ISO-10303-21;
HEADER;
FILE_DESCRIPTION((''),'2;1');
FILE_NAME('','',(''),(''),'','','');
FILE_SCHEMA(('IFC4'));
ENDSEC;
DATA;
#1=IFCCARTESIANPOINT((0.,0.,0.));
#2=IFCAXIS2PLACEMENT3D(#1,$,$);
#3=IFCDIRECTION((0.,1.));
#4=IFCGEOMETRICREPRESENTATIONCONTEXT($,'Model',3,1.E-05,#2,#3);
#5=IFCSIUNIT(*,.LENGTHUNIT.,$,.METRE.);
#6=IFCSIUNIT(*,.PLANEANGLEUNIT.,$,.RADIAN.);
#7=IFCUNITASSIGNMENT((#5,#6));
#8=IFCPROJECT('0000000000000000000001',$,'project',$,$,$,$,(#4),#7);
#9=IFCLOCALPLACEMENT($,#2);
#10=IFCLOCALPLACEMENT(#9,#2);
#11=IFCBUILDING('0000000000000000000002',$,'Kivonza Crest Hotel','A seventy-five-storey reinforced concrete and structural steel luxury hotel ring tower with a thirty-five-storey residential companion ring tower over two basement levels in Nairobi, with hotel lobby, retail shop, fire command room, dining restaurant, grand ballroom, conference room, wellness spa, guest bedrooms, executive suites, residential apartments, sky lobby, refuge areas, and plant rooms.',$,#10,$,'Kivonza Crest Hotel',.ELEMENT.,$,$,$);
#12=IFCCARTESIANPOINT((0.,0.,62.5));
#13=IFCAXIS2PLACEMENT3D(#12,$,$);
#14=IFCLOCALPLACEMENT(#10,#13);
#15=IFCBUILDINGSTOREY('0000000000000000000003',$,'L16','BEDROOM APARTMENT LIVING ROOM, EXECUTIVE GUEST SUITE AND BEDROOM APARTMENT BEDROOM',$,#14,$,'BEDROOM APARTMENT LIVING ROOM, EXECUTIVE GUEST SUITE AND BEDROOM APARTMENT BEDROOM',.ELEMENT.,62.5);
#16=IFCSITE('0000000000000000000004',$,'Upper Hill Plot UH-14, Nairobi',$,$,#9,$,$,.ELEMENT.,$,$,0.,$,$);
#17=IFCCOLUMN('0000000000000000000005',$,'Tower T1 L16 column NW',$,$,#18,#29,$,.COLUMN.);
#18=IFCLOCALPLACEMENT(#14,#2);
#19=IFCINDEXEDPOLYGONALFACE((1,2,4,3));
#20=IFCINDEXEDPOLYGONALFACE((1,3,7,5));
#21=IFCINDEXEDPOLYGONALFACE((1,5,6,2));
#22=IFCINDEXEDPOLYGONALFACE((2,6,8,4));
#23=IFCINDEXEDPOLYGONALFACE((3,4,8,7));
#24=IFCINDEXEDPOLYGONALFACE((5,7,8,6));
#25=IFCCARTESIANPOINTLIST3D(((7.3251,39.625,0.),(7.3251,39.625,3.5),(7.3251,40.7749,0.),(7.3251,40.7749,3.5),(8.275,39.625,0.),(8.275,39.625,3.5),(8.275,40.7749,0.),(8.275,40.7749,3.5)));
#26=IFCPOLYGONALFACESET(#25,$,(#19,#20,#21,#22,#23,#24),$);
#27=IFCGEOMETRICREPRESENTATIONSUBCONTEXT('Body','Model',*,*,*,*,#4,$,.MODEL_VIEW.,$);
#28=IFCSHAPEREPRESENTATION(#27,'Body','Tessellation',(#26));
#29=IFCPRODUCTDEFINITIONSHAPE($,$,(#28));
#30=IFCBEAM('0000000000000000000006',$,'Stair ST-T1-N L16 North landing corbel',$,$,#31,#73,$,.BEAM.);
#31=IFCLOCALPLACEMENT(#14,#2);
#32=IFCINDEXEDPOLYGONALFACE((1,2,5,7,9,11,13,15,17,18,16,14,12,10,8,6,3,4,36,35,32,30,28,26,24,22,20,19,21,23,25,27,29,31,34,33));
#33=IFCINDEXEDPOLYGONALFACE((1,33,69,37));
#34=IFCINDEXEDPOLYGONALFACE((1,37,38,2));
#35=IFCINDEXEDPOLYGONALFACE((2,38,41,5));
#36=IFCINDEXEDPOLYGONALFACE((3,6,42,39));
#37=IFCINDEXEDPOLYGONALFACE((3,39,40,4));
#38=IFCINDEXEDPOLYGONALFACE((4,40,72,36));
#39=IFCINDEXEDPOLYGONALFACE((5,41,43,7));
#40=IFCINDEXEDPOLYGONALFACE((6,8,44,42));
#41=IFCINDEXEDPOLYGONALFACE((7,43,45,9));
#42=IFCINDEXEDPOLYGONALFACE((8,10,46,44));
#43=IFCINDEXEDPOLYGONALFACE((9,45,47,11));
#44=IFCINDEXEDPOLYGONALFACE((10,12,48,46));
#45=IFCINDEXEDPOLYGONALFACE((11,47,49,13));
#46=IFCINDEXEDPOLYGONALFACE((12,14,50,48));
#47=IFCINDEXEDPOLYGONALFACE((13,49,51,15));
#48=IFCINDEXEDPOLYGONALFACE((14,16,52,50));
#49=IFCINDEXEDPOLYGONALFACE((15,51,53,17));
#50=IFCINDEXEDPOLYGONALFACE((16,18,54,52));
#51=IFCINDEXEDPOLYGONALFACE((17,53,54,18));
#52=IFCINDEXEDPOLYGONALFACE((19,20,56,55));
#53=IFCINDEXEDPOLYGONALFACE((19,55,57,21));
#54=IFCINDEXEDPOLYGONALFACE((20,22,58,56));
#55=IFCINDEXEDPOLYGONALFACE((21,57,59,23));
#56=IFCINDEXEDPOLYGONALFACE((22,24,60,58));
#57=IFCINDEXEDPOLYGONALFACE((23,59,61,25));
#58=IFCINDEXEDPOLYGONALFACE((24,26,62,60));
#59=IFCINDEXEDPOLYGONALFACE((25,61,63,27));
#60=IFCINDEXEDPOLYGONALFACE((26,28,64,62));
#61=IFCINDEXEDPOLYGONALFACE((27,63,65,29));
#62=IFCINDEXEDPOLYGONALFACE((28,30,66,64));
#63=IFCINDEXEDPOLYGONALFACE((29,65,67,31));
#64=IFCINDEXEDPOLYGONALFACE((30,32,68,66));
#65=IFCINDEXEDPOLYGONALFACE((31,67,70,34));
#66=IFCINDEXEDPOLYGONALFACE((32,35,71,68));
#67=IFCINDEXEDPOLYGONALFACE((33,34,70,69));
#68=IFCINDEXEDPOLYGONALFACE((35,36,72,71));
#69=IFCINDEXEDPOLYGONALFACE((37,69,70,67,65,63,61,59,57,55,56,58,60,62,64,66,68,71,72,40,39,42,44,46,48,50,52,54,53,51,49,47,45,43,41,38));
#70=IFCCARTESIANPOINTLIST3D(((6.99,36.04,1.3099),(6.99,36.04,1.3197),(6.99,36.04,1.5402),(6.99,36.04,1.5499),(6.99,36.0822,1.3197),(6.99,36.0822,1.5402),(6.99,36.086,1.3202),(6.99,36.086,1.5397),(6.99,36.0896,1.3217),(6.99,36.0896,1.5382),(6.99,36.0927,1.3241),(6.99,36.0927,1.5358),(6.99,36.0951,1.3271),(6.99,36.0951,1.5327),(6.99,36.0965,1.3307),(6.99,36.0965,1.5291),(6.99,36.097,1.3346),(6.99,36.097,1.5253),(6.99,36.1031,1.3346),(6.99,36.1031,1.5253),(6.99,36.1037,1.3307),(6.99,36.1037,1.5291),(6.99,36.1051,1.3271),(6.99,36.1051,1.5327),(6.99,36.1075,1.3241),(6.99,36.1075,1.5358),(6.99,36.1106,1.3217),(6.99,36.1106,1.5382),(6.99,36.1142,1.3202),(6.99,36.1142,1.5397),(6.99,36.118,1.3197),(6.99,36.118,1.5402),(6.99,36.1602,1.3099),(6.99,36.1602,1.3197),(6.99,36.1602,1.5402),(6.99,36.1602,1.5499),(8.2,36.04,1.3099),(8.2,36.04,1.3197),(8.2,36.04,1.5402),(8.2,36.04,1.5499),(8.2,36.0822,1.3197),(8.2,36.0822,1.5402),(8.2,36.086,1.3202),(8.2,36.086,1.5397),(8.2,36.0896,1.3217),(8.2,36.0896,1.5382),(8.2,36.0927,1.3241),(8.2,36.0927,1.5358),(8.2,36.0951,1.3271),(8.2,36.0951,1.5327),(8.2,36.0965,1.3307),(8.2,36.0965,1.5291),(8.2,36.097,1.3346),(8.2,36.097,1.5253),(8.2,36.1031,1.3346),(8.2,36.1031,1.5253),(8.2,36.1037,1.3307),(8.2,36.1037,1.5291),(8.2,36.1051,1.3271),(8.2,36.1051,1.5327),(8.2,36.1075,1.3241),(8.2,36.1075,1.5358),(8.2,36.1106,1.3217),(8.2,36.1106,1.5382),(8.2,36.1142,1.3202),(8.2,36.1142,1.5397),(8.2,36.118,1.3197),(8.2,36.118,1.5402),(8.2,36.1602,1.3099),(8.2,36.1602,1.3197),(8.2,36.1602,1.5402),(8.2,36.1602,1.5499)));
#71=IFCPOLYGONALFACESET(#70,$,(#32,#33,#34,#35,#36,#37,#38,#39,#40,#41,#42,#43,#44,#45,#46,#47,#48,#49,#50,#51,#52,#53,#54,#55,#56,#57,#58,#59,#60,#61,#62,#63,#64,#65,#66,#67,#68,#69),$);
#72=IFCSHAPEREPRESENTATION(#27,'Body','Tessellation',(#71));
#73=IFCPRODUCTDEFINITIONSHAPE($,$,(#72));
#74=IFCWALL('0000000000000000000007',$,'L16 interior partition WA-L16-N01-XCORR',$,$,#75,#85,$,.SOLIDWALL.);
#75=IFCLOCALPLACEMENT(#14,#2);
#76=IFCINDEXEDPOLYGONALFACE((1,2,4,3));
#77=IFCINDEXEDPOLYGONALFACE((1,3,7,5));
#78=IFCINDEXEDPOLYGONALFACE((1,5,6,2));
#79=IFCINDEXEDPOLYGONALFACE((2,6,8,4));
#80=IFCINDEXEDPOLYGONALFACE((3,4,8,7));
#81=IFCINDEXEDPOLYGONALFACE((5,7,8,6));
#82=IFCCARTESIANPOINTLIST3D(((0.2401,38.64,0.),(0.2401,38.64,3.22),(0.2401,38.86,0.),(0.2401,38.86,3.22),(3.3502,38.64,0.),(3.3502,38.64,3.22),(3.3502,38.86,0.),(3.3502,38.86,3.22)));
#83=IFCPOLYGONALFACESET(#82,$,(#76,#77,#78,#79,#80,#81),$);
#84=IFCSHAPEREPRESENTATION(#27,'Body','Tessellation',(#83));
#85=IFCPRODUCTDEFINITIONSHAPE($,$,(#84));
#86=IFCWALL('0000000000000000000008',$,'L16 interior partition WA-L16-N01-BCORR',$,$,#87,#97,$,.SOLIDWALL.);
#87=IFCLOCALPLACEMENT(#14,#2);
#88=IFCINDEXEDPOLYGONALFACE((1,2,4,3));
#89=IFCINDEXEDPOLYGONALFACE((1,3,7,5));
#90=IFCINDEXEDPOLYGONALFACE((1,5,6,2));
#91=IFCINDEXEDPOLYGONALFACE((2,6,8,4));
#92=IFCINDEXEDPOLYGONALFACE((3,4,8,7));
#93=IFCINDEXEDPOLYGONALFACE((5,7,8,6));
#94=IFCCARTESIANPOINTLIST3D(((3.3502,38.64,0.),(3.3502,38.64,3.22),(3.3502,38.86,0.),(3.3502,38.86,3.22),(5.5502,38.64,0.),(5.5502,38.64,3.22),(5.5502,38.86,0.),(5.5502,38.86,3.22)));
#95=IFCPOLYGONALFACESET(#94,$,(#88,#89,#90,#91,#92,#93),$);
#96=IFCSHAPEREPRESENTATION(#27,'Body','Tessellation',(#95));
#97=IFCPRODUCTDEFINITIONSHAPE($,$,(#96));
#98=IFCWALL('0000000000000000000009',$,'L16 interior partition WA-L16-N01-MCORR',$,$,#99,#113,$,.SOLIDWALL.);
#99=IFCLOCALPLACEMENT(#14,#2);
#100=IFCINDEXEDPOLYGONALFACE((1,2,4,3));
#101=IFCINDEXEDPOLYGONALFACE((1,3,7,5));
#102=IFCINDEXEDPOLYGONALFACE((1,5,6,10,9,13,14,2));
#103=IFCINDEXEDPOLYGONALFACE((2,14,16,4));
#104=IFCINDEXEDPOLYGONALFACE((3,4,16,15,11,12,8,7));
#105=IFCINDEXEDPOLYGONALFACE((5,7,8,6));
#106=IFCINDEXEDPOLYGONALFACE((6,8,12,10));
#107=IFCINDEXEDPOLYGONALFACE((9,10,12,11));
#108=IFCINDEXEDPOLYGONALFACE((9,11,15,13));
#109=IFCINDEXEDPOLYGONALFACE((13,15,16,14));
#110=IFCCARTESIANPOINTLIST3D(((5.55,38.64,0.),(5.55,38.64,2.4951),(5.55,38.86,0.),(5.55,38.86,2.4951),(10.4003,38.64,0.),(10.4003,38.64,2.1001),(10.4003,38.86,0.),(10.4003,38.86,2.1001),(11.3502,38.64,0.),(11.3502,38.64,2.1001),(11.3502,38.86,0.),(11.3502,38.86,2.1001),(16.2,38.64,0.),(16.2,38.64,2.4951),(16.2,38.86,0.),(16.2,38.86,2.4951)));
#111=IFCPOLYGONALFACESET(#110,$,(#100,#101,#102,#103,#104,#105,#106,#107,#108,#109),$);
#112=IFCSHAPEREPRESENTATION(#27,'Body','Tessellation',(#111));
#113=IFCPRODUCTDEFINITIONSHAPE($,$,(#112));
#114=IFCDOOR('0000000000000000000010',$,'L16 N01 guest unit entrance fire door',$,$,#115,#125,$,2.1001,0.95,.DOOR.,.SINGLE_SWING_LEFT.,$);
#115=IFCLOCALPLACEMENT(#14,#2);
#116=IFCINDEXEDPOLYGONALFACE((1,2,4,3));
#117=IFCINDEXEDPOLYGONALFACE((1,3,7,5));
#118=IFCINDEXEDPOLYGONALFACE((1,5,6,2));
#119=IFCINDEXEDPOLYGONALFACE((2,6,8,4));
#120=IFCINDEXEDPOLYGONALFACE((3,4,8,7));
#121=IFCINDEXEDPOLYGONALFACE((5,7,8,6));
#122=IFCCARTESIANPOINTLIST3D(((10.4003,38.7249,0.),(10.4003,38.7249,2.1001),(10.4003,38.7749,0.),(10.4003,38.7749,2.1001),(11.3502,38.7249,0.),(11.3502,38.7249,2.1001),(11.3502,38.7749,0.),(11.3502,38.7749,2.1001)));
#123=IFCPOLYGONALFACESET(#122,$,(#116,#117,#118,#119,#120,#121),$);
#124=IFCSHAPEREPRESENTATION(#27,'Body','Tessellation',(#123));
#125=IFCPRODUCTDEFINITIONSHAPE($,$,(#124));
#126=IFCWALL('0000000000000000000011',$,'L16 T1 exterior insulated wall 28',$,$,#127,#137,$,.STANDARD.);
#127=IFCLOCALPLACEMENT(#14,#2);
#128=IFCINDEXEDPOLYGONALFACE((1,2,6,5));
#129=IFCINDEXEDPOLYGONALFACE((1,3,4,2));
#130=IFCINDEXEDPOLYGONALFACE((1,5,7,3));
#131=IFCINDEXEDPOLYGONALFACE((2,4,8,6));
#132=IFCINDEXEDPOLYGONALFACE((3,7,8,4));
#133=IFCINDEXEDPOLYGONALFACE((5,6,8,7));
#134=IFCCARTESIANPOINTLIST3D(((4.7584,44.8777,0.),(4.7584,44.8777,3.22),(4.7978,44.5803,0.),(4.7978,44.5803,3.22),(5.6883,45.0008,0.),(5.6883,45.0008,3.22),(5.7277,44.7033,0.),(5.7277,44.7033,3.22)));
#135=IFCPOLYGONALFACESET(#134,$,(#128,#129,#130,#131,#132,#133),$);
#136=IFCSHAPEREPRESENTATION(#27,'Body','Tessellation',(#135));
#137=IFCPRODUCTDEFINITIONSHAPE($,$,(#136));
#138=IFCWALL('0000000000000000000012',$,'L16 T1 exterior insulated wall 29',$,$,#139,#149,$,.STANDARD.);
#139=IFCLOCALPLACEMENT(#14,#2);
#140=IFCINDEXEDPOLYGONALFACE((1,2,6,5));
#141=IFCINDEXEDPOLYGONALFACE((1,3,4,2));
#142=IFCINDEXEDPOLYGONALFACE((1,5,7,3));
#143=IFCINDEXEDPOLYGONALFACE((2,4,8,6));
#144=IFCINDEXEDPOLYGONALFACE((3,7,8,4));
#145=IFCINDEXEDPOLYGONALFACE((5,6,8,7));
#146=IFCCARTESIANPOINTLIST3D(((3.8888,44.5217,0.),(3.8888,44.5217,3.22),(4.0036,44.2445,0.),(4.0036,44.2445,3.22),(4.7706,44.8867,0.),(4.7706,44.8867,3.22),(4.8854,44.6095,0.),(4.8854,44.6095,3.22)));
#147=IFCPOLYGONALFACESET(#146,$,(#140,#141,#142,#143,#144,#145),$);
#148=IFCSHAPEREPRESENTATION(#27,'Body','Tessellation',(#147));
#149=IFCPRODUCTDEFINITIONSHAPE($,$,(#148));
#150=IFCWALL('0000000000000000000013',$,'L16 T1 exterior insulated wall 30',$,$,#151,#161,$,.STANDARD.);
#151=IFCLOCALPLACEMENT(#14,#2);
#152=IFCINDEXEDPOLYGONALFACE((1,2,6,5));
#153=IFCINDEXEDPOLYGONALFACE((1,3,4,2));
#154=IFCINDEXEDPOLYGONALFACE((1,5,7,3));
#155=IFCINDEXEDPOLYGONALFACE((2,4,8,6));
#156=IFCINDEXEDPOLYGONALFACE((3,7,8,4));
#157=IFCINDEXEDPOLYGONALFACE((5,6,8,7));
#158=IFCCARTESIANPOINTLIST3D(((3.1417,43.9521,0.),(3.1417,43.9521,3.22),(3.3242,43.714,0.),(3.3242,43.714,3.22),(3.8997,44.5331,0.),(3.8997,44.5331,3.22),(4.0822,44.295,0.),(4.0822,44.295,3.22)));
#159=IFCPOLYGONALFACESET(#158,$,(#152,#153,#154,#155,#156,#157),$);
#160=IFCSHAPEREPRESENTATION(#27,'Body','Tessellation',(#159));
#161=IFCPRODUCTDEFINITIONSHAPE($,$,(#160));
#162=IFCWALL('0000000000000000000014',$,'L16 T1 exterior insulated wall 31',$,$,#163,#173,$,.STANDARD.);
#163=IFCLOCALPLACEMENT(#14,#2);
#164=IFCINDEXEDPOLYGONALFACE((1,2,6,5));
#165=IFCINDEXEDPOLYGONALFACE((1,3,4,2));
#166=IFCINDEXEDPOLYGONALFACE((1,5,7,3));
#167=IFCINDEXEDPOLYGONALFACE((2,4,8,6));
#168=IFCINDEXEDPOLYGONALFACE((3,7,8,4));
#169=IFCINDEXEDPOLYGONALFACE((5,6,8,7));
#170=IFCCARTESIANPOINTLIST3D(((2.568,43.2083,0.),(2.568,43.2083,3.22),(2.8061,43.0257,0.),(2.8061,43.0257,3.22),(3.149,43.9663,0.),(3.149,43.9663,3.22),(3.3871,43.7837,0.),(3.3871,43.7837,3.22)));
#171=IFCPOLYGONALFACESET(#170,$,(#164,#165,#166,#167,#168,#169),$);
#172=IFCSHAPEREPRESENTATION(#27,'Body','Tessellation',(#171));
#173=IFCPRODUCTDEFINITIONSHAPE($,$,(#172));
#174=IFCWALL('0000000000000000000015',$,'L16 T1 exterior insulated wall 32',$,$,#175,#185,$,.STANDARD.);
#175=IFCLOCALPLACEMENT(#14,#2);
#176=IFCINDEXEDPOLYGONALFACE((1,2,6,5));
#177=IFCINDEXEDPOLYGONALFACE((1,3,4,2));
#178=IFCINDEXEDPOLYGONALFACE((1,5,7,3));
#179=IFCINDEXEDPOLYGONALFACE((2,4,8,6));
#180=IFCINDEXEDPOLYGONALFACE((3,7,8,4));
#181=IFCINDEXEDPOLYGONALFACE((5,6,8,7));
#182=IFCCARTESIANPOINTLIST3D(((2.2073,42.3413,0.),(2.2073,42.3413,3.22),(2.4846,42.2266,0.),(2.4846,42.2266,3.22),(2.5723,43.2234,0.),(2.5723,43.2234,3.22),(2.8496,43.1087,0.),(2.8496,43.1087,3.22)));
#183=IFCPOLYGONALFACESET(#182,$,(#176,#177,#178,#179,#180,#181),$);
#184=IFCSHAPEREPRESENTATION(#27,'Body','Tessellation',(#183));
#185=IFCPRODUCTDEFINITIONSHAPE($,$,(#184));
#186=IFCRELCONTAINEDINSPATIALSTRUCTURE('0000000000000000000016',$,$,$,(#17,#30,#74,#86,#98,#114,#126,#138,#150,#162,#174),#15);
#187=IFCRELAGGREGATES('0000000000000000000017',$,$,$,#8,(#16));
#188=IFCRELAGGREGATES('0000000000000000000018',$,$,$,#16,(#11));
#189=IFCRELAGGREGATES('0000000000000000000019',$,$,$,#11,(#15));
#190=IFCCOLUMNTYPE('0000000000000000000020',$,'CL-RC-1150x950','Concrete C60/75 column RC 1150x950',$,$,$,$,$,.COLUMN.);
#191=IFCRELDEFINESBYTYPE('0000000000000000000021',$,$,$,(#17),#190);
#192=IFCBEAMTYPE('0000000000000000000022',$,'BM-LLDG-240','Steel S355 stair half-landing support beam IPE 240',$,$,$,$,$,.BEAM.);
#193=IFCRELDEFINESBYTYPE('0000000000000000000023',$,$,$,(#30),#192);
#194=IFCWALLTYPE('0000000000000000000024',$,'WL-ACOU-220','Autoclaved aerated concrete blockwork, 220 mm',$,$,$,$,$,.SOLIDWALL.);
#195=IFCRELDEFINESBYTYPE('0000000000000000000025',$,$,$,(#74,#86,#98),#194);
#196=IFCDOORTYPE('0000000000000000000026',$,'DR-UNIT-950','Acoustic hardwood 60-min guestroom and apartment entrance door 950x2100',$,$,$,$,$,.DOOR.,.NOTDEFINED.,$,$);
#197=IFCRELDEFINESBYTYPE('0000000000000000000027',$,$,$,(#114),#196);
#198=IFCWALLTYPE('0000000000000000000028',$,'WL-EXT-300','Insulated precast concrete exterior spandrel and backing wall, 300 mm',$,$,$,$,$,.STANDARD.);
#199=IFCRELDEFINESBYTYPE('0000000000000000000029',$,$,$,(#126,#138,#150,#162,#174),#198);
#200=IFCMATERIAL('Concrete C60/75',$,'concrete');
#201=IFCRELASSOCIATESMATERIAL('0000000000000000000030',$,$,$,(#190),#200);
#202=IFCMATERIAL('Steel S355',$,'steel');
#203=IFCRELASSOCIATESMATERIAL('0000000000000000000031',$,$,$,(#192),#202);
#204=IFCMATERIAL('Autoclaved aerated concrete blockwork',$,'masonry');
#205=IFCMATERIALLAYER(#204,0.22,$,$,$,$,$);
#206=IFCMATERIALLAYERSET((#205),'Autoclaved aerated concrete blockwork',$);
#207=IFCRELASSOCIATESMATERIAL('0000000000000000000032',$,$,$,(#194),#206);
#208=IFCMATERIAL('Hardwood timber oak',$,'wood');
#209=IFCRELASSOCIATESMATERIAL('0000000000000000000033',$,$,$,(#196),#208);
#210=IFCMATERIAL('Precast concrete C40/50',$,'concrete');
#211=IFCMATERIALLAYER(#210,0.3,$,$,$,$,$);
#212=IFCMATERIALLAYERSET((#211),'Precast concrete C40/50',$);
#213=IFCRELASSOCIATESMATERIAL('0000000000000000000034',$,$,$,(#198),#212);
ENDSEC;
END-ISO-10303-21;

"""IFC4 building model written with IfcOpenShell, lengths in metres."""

from ifc_helpers import new_model, si_unit, direction, frame, frame_2d, origin, origin_2d, place, context, subcontext, project, spatial, rectangle, i_section, extrude, material, layer, layer_set, material_profile, profile_set, type_object, element, fill, save


model = new_model("IFC4")

# Units and contexts
model_context = context("Model", 3, precision=1e-05, world=origin(), true_north=direction((0.0, 1.0)))
body_context = subcontext(model_context, "Body", "Model", "MODEL_VIEW")
ifc_project = project(units=[si_unit("LENGTHUNIT", "METRE"), si_unit("PLANEANGLEUNIT", "RADIAN")], contexts=[model_context])

# Site, building, storey
site_placement = place(None, origin())
site = spatial("IfcSite", under=ifc_project, at=site_placement, Name="Upper Hill Plot UH-14, Nairobi", CompositionType="ELEMENT", RefElevation=0.0)
building_placement = place(site_placement, origin())
building = spatial("IfcBuilding", under=site, at=building_placement, Name="Kivonza Crest Hotel", Description="A seventy-five-storey reinforced concrete and structural steel luxury hotel ring tower with a thirty-five-storey residential companion ring tower over two basement levels in Nairobi, with hotel lobby, retail shop, fire command room, dining restaurant, grand ballroom, conference room, wellness spa, guest bedrooms, executive suites, residential apartments, sky lobby, refuge areas, and plant rooms.", LongName="Kivonza Crest Hotel", CompositionType="ELEMENT")
storey_placement = place(building_placement, frame((0.0, 0.0, 62.5)))
storey = spatial("IfcBuildingStorey", under=building, at=storey_placement, Name="L16", Description="BEDROOM APARTMENT LIVING ROOM, EXECUTIVE GUEST SUITE AND BEDROOM APARTMENT BEDROOM", LongName="BEDROOM APARTMENT LIVING ROOM, EXECUTIVE GUEST SUITE AND BEDROOM APARTMENT BEDROOM", CompositionType="ELEMENT", Elevation=62.5)

# Column
ifc_material_1 = material(Name="Concrete C60/75", Category="concrete")
ifc_material_profile_1 = material_profile(ifc_material_1, rectangle(XDim=0.95, YDim=1.1499, at=origin_2d()), Name="RC 1150x950")
ifc_profile_set_1 = profile_set([ifc_material_profile_1], Name="Concrete C60/75")
column_type = type_object("IfcColumnType", Name="CL-RC-1150x950", Description="Concrete C60/75 column RC 1150x950", PredefinedType="COLUMN", material=ifc_profile_set_1)
column_placement = place(storey_placement, frame((7.8, 40.2, 0.0), z_axis=(0.0, 0.0, 1.0), x_axis=(1.0, 0.0, 0.0)))
element("IfcColumn", 1, at=column_placement, inside=storey, type_object=column_type, Name="Tower T1 L16 column NW", PredefinedType="COLUMN", context=body_context, shape_type="SweptSolid", body=[
    extrude(rectangle(XDim=0.95, YDim=1.1499, at=origin_2d()), origin(), (0.0, 0.0, 1.0), 3.5),
])

# Beam
ifc_material_2 = material(Name="Steel S355", Category="steel")
ifc_material_profile_2 = material_profile(ifc_material_2, i_section(OverallWidth=0.1201, OverallDepth=0.24, WebThickness=0.0061, FlangeThickness=0.0098, FilletRadius=0.0149, at=origin_2d()), Name="IPE 240")
ifc_profile_set_2 = profile_set([ifc_material_profile_2], Name="Steel S355")
beam_type = type_object("IfcBeamType", Name="BM-LLDG-240", Description="Steel S355 stair half-landing support beam IPE 240", PredefinedType="BEAM", material=ifc_profile_set_2)
beam_placement = place(storey_placement, frame((6.99, 36.1001, 1.4299), z_axis=(1.0, 0.0, 0.0), x_axis=(0.0, 1.0, 0.0)))
element("IfcBeam", 2, at=beam_placement, inside=storey, type_object=beam_type, Name="Stair ST-T1-N L16 North landing corbel", PredefinedType="BEAM", context=body_context, shape_type="SweptSolid", body=[
    extrude(i_section(OverallWidth=0.1201, OverallDepth=0.24, WebThickness=0.0061, FlangeThickness=0.0098, FilletRadius=0.0149, at=origin_2d()), origin(), (0.0, 0.0, 1.0), 1.21),
])

# Walls
ifc_material_3 = material(Name="Autoclaved aerated concrete blockwork", Category="masonry")
ifc_layer_1 = layer(ifc_material_3, 0.22)
ifc_layer_set_1 = layer_set([ifc_layer_1], Name="Autoclaved aerated concrete blockwork")
wall_type_1 = type_object("IfcWallType", Name="WL-ACOU-220", Description="Autoclaved aerated concrete blockwork, 220 mm", PredefinedType="SOLIDWALL", material=ifc_layer_set_1)
wall_1_placement = place(storey_placement, frame((0.24, 38.75, 0.0), z_axis=(0.0, 0.0, 1.0), x_axis=(1.0, 0.0, 0.0)))
element("IfcWall", 3, at=wall_1_placement, inside=storey, type_object=wall_type_1, Name="L16 interior partition WA-L16-N01-XCORR", PredefinedType="SOLIDWALL", context=body_context, shape_type="SweptSolid", body=[
    extrude(rectangle(XDim=3.1101, YDim=0.22, at=frame_2d((1.5552, 0.0))), origin(), (0.0, 0.0, 1.0), 3.22),
])
wall_2_placement = place(storey_placement, frame((3.3501, 38.75, 0.0), z_axis=(0.0, 0.0, 1.0), x_axis=(1.0, 0.0, 0.0)))
element("IfcWall", 4, at=wall_2_placement, inside=storey, type_object=wall_type_1, Name="L16 interior partition WA-L16-N01-BCORR", PredefinedType="SOLIDWALL", context=body_context, shape_type="SweptSolid", body=[
    extrude(rectangle(XDim=2.2, YDim=0.22, at=frame_2d((1.1001, 0.0))), origin(), (0.0, 0.0, 1.0), 3.22),
])

# Wall, opening, door
wall_3_placement = place(storey_placement, frame((5.55, 38.75, 0.0), z_axis=(0.0, 0.0, 1.0), x_axis=(1.0, 0.0, 0.0)))
wall_3 = element("IfcWall", 5, at=wall_3_placement, inside=storey, type_object=wall_type_1, Name="L16 interior partition WA-L16-N01-MCORR", PredefinedType="SOLIDWALL", context=body_context, shape_type="SweptSolid", body=[
    extrude(rectangle(XDim=10.6499, YDim=0.22, at=frame_2d((5.325, 0.0))), origin(), (0.0, 0.0, 1.0), 2.4951),
])
opening_1_placement = place(wall_3_placement, frame((4.8501, 0.0, 0.0)))
opening_1 = element("IfcOpeningElement", 6, at=opening_1_placement, cuts=wall_3, PredefinedType="OPENING", context=body_context, shape_type="SweptSolid", body=[
    extrude(rectangle(XDim=0.95, YDim=2.1001, at=frame_2d((0.4751, 1.05))), frame((0.0, 0.1201, 0.0), z_axis=(0.0, -1.0, 0.0), x_axis=(1.0, 0.0, 0.0)), (0.0, 0.0, 1.0), 0.24),
])
ifc_material_4 = material(Name="Hardwood timber oak", Category="wood")
door_type_1 = type_object("IfcDoorType", Name="DR-UNIT-950", Description="Acoustic hardwood 60-min guestroom and apartment entrance door 950x2100", OperationType="NOTDEFINED", PredefinedType="DOOR", material=ifc_material_4)
door_1_placement = place(opening_1_placement, origin())
door_1 = element("IfcDoor", 7, at=door_1_placement, inside=storey, type_object=door_type_1, Name="L16 N01 guest unit entrance fire door", OperationType="SINGLE_SWING_LEFT", OverallHeight=2.1001, OverallWidth=0.95, PredefinedType="DOOR", context=body_context, shape_type="SweptSolid", body=[
    extrude(rectangle(XDim=0.95, YDim=2.1001, at=frame_2d((0.4751, 1.05))), frame((0.0, 0.0249, 0.0), z_axis=(0.0, -1.0, 0.0), x_axis=(1.0, 0.0, 0.0)), (0.0, 0.0, 1.0), 0.05),
])
fill(opening_1, door_1)

# Walls
ifc_material_5 = material(Name="Precast concrete C40/50", Category="concrete")
ifc_layer_2 = layer(ifc_material_5, 0.3)
ifc_layer_set_2 = layer_set([ifc_layer_2], Name="Precast concrete C40/50")
wall_type_2 = type_object("IfcWallType", Name="WL-EXT-300", Description="Insulated precast concrete exterior spandrel and backing wall, 300 mm", PredefinedType="STANDARD", material=ifc_layer_set_2)
wall_4_placement = place(storey_placement, frame((5.708, 44.8521, 0.0), z_axis=(0.0, 0.0, 1.0), x_axis=(-0.991359, -0.131175, 0.0)))
element("IfcWall", 8, at=wall_4_placement, inside=storey, type_object=wall_type_2, Name="L16 T1 exterior insulated wall 28", PredefinedType="STANDARD", context=body_context, shape_type="SweptSolid", body=[
    extrude(rectangle(XDim=0.938, YDim=0.3, at=frame_2d((0.469, 0.0))), origin(), (0.0, 0.0, 1.0), 3.22),
])
wall_5_placement = place(storey_placement, frame((4.8279, 44.748, 0.0), z_axis=(0.0, 0.0, 1.0), x_axis=(-0.923983, -0.382435, 0.0)))
element("IfcWall", 9, at=wall_5_placement, inside=storey, type_object=wall_type_2, Name="L16 T1 exterior insulated wall 29", PredefinedType="STANDARD", context=body_context, shape_type="SweptSolid", body=[
    extrude(rectangle(XDim=0.9543, YDim=0.3, at=frame_2d((0.4771, 0.0))), origin(), (0.0, 0.0, 1.0), 3.22),
])
for number, where, z_axis, x_axis, name in (
    (10, (3.991, 44.4141, 0.0), (0.0, 0.0, 1.0), (-0.793668, -0.608351, 0.0), "L16 T1 exterior insulated wall 30"),
    (11, (3.2681, 43.875, 0.0), (0.0, 0.0, 1.0), (-0.608351, -0.793668, 0.0), "L16 T1 exterior insulated wall 31"),
):
    element("IfcWall", number, at=place(storey_placement, frame(where, z_axis=z_axis, x_axis=x_axis)), inside=storey, type_object=wall_type_2, Name=name, PredefinedType="STANDARD", context=body_context, shape_type="SweptSolid", body=[
        extrude(rectangle(XDim=0.9551, YDim=0.3, at=frame_2d((0.4775, 0.0))), origin(), (0.0, 0.0, 1.0), 3.22),
    ])
wall_6_placement = place(storey_placement, frame((2.7109, 43.166, 0.0), z_axis=(0.0, 0.0, 1.0), x_axis=(-0.382344, -0.92402, 0.0)))
element("IfcWall", 12, at=wall_6_placement, inside=storey, type_object=wall_type_2, Name="L16 T1 exterior insulated wall 32", PredefinedType="STANDARD", context=body_context, shape_type="SweptSolid", body=[
    extrude(rectangle(XDim=0.9546, YDim=0.3, at=frame_2d((0.4773, 0.0))), origin(), (0.0, 0.0, 1.0), 3.22),
])

save(model, "model.ifc")
